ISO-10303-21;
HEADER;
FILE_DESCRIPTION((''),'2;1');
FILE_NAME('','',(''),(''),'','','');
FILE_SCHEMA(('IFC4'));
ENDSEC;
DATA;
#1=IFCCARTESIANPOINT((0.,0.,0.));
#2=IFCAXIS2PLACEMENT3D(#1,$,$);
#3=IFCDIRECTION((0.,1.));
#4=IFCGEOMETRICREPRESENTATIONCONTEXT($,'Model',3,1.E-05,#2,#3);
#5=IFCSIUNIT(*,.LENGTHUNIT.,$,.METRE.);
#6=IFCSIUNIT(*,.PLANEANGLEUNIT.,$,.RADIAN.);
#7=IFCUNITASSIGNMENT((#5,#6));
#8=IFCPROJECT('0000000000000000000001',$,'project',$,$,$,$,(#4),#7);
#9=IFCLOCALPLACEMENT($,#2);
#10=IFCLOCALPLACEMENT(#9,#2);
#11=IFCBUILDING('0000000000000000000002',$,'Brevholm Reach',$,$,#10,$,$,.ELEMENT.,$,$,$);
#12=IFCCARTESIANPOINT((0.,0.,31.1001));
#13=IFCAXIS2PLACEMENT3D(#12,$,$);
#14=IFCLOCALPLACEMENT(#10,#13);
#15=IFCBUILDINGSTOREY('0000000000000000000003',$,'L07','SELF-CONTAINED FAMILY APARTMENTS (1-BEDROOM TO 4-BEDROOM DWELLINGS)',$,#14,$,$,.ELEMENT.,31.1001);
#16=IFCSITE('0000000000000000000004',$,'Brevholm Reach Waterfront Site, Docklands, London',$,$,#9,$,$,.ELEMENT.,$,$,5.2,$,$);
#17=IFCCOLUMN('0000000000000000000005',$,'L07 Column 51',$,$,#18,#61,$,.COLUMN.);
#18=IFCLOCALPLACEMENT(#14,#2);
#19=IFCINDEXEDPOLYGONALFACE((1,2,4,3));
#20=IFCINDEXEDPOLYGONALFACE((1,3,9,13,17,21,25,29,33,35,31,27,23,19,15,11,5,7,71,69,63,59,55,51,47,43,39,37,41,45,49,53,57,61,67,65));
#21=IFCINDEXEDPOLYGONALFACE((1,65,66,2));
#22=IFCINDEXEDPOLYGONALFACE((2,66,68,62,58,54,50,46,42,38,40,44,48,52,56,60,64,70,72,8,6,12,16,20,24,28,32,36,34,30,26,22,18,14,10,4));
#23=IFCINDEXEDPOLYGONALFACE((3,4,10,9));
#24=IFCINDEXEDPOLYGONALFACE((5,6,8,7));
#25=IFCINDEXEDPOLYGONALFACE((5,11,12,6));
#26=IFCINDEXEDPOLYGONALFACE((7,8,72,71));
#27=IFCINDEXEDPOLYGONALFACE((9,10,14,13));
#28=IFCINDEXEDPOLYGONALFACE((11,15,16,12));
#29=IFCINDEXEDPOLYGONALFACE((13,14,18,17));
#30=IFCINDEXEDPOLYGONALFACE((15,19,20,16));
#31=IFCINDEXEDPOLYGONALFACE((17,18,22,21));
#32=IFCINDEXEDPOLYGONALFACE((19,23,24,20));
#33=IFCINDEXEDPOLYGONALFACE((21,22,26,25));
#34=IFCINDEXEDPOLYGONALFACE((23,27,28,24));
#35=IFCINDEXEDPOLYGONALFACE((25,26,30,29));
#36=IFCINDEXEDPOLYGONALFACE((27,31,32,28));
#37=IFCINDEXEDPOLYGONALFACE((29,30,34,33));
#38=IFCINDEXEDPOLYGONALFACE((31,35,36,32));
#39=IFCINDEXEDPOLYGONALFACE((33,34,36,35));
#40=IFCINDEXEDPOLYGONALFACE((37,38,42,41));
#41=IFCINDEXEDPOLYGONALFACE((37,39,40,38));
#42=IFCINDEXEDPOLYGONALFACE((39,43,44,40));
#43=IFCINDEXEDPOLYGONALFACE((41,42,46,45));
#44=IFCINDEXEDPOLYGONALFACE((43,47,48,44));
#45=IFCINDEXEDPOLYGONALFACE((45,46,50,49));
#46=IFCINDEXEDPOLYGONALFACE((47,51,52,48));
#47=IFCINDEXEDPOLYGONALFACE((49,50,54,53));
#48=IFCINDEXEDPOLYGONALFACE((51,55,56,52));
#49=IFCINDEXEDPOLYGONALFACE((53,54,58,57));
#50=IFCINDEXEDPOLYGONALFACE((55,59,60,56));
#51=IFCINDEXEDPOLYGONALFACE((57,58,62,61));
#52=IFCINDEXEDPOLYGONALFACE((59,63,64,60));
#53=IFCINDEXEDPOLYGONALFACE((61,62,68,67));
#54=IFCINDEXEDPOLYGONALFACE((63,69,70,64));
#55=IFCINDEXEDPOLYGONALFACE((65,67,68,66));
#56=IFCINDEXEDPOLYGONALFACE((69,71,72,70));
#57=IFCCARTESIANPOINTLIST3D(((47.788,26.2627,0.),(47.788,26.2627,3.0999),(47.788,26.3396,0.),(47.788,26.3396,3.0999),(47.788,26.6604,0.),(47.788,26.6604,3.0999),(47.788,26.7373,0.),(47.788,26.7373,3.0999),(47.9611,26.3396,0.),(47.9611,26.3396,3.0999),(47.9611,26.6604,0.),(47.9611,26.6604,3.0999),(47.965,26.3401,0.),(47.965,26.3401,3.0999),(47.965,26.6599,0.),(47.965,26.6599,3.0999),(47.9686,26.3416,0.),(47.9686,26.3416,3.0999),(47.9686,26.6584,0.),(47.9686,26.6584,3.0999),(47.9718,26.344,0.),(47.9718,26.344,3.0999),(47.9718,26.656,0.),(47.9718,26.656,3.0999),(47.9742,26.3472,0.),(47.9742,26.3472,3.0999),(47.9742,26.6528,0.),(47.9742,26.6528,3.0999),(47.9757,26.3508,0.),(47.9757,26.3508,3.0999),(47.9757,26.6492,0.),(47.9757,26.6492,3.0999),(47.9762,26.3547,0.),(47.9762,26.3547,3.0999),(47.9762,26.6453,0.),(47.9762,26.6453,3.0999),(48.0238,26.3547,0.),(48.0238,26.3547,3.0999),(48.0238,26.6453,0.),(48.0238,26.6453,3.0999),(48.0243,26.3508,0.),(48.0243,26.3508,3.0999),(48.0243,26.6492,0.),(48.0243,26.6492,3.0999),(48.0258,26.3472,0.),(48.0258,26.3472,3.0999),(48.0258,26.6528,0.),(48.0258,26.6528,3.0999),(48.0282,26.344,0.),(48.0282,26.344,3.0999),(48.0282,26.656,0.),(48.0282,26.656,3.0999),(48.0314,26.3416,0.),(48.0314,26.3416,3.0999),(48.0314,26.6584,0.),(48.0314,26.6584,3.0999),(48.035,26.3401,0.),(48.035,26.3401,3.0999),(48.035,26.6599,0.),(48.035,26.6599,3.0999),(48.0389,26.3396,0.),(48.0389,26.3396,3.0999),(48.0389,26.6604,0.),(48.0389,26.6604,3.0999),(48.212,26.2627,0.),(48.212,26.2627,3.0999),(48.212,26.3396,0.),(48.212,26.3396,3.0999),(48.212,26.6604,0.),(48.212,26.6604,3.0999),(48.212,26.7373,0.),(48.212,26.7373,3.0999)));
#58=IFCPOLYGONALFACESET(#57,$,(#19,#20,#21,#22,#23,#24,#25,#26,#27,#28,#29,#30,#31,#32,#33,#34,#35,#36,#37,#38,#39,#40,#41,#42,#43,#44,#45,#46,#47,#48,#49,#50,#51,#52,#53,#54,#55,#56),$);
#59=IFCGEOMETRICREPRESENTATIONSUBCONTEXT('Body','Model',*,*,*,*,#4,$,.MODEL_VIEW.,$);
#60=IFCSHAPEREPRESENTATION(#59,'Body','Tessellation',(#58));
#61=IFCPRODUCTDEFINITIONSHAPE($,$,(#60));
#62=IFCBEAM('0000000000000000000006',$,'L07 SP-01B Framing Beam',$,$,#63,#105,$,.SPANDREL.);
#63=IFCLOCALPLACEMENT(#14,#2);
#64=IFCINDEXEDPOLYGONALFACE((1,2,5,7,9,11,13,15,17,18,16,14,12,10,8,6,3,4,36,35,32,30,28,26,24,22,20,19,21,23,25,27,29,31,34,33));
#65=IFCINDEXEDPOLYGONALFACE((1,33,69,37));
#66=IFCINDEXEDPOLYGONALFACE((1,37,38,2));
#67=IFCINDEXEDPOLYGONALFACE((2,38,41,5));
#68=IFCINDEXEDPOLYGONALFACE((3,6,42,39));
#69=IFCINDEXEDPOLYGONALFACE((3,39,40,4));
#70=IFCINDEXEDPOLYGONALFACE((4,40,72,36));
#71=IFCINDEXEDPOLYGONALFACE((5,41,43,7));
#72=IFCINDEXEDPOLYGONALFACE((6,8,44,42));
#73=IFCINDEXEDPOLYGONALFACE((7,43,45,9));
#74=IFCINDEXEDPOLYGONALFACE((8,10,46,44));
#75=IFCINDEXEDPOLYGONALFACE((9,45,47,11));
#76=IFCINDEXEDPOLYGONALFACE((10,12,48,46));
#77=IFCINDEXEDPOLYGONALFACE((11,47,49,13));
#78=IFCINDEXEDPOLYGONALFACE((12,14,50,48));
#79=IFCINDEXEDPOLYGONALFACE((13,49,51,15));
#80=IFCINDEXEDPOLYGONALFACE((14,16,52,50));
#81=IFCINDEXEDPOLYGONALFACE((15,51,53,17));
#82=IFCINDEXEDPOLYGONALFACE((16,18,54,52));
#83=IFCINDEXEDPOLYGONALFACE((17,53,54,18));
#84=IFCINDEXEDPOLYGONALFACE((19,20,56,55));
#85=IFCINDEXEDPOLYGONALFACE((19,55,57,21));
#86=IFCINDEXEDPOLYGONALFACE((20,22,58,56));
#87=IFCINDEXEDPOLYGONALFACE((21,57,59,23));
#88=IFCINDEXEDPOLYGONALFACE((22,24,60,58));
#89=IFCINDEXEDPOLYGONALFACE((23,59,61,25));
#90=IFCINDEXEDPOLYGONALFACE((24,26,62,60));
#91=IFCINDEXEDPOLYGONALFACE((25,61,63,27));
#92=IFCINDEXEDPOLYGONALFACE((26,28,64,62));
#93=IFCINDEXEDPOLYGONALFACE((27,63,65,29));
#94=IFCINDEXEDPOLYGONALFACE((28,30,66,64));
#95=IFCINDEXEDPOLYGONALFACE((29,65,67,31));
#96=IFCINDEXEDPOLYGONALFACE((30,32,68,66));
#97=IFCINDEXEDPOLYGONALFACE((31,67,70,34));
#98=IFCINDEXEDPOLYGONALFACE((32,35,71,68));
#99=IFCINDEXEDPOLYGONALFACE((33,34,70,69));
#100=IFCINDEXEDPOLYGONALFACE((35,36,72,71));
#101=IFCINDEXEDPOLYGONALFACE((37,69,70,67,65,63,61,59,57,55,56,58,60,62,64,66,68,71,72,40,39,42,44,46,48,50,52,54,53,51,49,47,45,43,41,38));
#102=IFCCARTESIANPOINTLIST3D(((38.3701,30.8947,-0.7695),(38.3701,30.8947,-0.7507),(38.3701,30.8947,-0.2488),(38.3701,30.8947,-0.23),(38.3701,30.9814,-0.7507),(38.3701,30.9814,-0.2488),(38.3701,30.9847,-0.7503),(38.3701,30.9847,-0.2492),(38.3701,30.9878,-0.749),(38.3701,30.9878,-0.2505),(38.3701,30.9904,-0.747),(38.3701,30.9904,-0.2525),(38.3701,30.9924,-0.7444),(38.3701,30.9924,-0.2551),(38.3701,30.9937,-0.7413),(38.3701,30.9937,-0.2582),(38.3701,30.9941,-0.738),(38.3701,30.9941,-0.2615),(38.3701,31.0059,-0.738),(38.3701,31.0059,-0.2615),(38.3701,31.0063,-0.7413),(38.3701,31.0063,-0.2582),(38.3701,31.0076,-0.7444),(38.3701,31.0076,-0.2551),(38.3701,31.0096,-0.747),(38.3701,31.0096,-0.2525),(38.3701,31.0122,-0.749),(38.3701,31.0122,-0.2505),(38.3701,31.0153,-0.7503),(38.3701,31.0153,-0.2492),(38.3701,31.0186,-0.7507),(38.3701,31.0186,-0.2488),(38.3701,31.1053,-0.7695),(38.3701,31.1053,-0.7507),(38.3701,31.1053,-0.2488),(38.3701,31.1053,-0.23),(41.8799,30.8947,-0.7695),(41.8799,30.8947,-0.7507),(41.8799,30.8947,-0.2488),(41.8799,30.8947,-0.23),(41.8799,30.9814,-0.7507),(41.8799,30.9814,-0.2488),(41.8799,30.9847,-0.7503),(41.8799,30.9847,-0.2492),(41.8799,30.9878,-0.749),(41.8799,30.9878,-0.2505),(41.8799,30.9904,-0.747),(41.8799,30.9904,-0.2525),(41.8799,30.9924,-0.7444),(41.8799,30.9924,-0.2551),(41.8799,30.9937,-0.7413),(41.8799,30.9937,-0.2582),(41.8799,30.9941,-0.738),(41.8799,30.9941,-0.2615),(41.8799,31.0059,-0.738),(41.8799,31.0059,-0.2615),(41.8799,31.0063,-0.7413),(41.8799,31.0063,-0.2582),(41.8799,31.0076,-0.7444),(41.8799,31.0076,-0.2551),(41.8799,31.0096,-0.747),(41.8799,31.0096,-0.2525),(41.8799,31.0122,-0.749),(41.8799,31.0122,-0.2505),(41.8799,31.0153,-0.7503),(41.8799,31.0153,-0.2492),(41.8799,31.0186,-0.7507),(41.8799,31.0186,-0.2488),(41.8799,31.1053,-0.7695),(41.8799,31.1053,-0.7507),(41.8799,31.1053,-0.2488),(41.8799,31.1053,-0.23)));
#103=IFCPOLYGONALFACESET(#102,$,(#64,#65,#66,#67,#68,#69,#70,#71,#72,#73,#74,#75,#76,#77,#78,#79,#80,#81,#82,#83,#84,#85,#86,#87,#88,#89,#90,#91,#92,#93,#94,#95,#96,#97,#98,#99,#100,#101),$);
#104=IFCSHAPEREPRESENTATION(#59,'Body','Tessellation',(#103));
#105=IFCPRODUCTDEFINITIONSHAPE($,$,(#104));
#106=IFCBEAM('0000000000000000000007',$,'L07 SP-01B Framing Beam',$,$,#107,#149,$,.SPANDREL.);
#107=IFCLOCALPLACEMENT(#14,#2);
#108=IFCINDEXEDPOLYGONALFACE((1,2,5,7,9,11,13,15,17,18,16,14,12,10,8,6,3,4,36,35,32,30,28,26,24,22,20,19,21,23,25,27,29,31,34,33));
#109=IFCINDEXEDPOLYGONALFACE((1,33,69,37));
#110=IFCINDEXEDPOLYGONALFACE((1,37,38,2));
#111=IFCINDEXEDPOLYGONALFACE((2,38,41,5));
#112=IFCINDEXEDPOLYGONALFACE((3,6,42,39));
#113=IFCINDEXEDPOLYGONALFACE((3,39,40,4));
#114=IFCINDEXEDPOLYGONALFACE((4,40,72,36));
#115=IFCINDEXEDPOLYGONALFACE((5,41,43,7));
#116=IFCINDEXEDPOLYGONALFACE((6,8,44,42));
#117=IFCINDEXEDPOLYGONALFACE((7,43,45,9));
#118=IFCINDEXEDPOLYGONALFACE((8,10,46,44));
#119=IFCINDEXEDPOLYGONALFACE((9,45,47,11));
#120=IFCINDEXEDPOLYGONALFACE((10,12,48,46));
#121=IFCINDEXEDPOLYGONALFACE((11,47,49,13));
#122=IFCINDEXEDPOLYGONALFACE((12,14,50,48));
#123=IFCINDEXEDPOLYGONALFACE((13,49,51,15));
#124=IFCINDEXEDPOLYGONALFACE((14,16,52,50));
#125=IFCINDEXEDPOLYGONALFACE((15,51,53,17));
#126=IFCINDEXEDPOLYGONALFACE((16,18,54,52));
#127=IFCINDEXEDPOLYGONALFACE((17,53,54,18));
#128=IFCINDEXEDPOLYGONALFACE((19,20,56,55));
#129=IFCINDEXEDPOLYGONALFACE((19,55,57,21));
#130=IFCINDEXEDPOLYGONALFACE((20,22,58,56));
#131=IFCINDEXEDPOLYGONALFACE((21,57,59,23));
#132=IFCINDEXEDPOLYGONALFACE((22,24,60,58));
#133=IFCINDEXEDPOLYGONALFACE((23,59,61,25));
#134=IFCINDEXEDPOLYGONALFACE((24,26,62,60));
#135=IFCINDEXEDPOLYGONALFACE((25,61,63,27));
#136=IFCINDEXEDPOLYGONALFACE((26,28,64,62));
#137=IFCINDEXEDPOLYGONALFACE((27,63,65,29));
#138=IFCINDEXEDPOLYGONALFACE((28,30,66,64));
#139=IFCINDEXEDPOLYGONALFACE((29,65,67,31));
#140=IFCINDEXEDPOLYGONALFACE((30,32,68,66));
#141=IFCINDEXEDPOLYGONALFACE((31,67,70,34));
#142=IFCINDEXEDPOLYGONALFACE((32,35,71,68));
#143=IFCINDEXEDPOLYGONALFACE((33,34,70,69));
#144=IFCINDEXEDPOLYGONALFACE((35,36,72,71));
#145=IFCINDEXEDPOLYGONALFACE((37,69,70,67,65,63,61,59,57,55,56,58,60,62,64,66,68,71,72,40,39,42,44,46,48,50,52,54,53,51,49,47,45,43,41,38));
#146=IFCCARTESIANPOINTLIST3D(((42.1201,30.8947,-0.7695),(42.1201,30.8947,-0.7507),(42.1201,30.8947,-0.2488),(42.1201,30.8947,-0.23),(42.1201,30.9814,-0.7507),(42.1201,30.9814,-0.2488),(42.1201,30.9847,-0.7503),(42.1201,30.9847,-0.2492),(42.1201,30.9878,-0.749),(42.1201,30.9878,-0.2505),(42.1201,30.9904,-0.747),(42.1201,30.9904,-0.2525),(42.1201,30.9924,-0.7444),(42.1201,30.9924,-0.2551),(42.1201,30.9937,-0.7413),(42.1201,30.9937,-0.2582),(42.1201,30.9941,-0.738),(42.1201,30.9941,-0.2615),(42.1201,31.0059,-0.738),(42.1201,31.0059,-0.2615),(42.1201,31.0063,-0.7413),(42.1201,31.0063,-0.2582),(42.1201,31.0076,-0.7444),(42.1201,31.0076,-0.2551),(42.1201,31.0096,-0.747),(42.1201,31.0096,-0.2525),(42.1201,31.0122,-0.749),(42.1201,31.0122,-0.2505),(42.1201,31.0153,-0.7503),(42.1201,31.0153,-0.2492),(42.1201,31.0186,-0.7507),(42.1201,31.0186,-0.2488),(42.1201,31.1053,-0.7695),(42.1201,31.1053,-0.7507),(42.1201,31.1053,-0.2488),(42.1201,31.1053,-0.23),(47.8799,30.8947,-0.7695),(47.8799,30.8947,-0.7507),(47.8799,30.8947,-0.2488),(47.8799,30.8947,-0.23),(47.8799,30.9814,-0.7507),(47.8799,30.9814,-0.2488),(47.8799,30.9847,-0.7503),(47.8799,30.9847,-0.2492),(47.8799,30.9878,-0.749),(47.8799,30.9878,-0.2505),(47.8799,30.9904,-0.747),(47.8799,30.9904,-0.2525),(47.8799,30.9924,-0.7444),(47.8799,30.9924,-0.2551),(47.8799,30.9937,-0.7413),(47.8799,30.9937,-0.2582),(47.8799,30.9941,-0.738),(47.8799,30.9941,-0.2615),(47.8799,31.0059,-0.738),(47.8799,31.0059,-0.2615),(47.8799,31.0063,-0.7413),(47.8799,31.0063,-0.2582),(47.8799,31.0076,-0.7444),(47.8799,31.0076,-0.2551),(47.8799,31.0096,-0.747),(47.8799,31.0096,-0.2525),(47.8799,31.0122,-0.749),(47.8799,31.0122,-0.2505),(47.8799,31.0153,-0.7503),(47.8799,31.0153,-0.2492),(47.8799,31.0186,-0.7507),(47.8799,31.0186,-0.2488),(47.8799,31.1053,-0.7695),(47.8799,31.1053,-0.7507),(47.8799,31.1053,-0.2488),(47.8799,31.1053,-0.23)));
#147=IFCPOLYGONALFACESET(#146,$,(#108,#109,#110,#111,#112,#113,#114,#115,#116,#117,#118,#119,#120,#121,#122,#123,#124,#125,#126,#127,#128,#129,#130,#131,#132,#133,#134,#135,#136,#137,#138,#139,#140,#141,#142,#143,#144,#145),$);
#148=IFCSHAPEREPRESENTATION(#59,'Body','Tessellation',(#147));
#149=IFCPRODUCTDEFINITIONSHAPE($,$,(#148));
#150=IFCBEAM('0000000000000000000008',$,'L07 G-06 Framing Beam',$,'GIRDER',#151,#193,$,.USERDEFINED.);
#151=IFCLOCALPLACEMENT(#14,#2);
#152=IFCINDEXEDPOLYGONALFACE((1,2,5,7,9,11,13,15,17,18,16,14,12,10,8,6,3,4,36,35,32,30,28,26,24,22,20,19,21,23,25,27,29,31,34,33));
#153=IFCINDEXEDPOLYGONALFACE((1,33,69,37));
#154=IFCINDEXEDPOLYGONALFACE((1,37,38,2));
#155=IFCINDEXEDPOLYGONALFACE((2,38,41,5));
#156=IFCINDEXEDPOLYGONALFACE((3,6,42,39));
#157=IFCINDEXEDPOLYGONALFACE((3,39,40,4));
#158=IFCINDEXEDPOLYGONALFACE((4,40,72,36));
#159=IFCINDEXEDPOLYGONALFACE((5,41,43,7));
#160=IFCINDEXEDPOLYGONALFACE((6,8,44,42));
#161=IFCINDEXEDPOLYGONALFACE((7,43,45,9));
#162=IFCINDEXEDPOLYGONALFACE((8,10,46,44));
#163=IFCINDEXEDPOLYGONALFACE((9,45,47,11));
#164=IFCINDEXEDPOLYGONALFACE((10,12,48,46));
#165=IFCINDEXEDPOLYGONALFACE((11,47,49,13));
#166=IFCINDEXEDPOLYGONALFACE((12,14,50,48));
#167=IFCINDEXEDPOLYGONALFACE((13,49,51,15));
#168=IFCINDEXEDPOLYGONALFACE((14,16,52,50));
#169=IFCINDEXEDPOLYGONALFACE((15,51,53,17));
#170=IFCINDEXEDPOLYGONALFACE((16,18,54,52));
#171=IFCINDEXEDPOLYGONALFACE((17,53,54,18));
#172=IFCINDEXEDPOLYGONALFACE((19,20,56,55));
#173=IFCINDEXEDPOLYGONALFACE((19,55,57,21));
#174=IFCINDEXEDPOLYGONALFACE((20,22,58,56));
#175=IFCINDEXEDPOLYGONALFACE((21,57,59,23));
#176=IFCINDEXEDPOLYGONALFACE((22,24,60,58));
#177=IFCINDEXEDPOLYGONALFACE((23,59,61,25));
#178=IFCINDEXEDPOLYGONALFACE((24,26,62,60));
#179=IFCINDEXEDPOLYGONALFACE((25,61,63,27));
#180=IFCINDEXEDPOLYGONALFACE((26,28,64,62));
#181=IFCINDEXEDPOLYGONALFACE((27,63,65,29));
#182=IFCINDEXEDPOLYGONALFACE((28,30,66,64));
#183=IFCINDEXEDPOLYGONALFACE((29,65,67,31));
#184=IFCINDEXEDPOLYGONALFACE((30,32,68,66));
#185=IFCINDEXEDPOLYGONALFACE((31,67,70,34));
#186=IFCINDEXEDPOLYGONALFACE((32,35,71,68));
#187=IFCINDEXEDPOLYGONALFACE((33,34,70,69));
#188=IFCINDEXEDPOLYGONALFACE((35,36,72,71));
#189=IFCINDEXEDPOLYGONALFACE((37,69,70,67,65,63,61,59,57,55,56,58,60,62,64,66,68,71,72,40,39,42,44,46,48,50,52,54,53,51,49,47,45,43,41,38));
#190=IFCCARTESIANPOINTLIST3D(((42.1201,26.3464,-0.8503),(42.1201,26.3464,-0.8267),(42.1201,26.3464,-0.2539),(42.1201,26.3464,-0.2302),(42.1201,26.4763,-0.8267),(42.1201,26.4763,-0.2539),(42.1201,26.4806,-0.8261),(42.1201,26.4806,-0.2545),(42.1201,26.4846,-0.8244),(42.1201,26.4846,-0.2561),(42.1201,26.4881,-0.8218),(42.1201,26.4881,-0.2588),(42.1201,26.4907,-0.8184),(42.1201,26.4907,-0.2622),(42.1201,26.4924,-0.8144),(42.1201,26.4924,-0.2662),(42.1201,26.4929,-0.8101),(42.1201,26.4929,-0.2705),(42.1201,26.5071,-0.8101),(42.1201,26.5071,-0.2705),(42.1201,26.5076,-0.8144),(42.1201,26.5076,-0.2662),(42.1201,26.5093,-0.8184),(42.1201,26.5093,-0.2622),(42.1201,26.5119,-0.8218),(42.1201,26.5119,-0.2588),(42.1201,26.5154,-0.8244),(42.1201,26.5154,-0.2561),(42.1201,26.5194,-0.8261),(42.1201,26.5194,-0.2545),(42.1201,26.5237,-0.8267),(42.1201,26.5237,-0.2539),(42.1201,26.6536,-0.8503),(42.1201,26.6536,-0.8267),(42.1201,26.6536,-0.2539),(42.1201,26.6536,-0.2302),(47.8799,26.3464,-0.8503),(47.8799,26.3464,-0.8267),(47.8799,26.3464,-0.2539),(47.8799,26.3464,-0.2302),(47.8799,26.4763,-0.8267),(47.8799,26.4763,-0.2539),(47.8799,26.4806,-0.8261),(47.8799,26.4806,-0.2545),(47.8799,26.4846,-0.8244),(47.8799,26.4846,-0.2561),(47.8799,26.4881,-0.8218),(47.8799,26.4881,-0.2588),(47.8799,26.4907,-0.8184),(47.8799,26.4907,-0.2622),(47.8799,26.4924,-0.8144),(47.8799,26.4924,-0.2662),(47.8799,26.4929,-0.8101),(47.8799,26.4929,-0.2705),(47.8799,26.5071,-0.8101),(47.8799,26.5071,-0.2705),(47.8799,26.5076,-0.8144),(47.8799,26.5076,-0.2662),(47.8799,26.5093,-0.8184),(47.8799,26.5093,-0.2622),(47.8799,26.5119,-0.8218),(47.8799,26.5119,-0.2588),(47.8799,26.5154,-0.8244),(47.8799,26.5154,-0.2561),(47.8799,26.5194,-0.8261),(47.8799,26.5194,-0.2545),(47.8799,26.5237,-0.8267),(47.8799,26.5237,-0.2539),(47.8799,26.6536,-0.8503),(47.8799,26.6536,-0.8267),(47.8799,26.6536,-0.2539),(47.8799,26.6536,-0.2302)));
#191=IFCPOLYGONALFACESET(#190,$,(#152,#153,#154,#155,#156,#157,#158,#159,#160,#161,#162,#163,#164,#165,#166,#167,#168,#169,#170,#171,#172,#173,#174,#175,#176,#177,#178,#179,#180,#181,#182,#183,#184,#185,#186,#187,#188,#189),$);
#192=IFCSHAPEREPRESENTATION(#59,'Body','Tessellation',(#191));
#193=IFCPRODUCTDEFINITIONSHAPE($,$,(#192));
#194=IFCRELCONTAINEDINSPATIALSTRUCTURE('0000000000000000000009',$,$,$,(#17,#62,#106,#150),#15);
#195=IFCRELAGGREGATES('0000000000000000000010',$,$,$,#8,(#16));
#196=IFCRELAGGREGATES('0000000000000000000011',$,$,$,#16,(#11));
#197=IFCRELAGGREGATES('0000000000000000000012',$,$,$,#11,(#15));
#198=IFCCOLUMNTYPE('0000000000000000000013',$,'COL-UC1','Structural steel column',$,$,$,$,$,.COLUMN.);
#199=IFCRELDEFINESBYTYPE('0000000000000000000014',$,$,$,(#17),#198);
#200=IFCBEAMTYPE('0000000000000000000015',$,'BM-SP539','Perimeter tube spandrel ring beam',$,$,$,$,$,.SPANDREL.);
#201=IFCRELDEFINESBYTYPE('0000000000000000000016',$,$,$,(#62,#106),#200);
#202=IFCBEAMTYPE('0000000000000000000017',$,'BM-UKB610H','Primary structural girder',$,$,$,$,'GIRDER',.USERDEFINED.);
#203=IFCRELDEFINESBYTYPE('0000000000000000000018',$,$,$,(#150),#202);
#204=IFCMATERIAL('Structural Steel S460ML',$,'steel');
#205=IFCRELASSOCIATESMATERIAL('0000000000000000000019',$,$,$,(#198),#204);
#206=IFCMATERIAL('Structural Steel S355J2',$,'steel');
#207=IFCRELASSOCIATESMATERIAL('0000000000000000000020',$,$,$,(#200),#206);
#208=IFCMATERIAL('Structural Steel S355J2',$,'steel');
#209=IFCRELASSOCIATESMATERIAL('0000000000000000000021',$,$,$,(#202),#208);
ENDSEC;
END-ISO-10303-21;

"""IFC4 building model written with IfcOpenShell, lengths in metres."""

from ifc_helpers import new_model, si_unit, direction, frame, origin, origin_2d, place, context, subcontext, project, spatial, i_section, extrude, material, material_profile, profile_set, type_object, element, save


model = new_model("IFC4")

# Units and contexts
model_context = context("Model", 3, precision=1e-05, world=origin(), true_north=direction((0.0, 1.0)))
body_context = subcontext(model_context, "Body", "Model", "MODEL_VIEW")
ifc_project = project(units=[si_unit("LENGTHUNIT", "METRE"), si_unit("PLANEANGLEUNIT", "RADIAN")], contexts=[model_context])

# Site, building, storey
site_placement = place(None, origin())
site = spatial("IfcSite", under=ifc_project, at=site_placement, Name="Brevholm Reach Waterfront Site, Docklands, London", CompositionType="ELEMENT", RefElevation=5.2)
building_placement = place(site_placement, origin())
building = spatial("IfcBuilding", under=site, at=building_placement, Name="Brevholm Reach", CompositionType="ELEMENT")
storey_placement = place(building_placement, frame((0.0, 0.0, 31.1001)))
storey = spatial("IfcBuildingStorey", under=building, at=storey_placement, Name="L07", Description="SELF-CONTAINED FAMILY APARTMENTS (1-BEDROOM TO 4-BEDROOM DWELLINGS)", CompositionType="ELEMENT", Elevation=31.1001)

# Column
ifc_material_1 = material(Name="Structural Steel S460ML", Category="steel")
ifc_material_profile_1 = material_profile(ifc_material_1, i_section(OverallWidth=0.4241, OverallDepth=0.4746, WebThickness=0.0476, FlangeThickness=0.0769, FilletRadius=0.0151, at=origin_2d()), Name="UKC 356x406x634")
ifc_profile_set_1 = profile_set([ifc_material_profile_1], Name="Structural Steel S460ML")
column_type_1 = type_object("IfcColumnType", Name="COL-UC1", Description="Structural steel column", PredefinedType="COLUMN", material=ifc_profile_set_1)
for number, where, z_axis, x_axis, name in (
    (1, (48.0, 26.5, 0.0), (0.0, 0.0, 1.0), (1.0, 0.0, 0.0), "L07 Column 51"),
):
    element("IfcColumn", number, at=place(storey_placement, frame(where, z_axis=z_axis, x_axis=x_axis)), inside=storey, type_object=column_type_1, Name=name, PredefinedType="COLUMN", context=body_context, shape_type="SweptSolid", body=[
        extrude(i_section(OverallWidth=0.4241, OverallDepth=0.4746, WebThickness=0.0476, FlangeThickness=0.0769, FilletRadius=0.0151, at=origin_2d()), origin(), (0.0, 0.0, 1.0), 3.0999),
    ])

# Beams
ifc_material_2 = material(Name="Structural Steel S355J2", Category="steel")
ifc_material_profile_2 = material_profile(ifc_material_2, i_section(OverallWidth=0.2107, OverallDepth=0.5396, WebThickness=0.0117, FlangeThickness=0.0188, FilletRadius=0.0127, at=origin_2d()), Name="UKB 533x210x109")
ifc_profile_set_2 = profile_set([ifc_material_profile_2], Name="Structural Steel S355J2")
beam_type_1 = type_object("IfcBeamType", Name="BM-SP539", Description="Perimeter tube spandrel ring beam", PredefinedType="SPANDREL", material=ifc_profile_set_2)
beam_1_placement = place(storey_placement, frame((38.3701, 31.0, -0.4998), z_axis=(1.0, 0.0, 0.0), x_axis=(0.0, 1.0, 0.0)))
element("IfcBeam", 2, at=beam_1_placement, inside=storey, type_object=beam_type_1, Name="L07 SP-01B Framing Beam", PredefinedType="SPANDREL", context=body_context, shape_type="SweptSolid", body=[
    extrude(i_section(OverallWidth=0.2107, OverallDepth=0.5396, WebThickness=0.0117, FlangeThickness=0.0188, FilletRadius=0.0127, at=origin_2d()), origin(), (0.0, 0.0, 1.0), 3.5098),
])
beam_2_placement = place(storey_placement, frame((42.1201, 31.0, -0.4998), z_axis=(1.0, 0.0, 0.0), x_axis=(0.0, 1.0, 0.0)))
element("IfcBeam", 3, at=beam_2_placement, inside=storey, type_object=beam_type_1, Name="L07 SP-01B Framing Beam", PredefinedType="SPANDREL", context=body_context, shape_type="SweptSolid", body=[
    extrude(i_section(OverallWidth=0.2107, OverallDepth=0.5396, WebThickness=0.0117, FlangeThickness=0.0188, FilletRadius=0.0127, at=origin_2d()), origin(), (0.0, 0.0, 1.0), 5.7598),
])
ifc_material_3 = material(Name="Structural Steel S355J2", Category="steel")
ifc_material_profile_3 = material_profile(ifc_material_3, i_section(OverallWidth=0.3071, OverallDepth=0.6201, WebThickness=0.0142, FlangeThickness=0.0237, FilletRadius=0.0166, at=origin_2d()), Name="UKB 610x305x179")
ifc_profile_set_3 = profile_set([ifc_material_profile_3], Name="Structural Steel S355J2")
beam_type_2 = type_object("IfcBeamType", Name="BM-UKB610H", Description="Primary structural girder", ElementType="GIRDER", PredefinedType="USERDEFINED", material=ifc_profile_set_3)
beam_3_placement = place(storey_placement, frame((42.1201, 26.5, -0.5403), z_axis=(1.0, 0.0, 0.0), x_axis=(0.0, 1.0, 0.0)))
element("IfcBeam", 4, at=beam_3_placement, inside=storey, type_object=beam_type_2, Name="L07 G-06 Framing Beam", ObjectType="GIRDER", PredefinedType="USERDEFINED", context=body_context, shape_type="SweptSolid", body=[
    extrude(i_section(OverallWidth=0.3071, OverallDepth=0.6201, WebThickness=0.0142, FlangeThickness=0.0237, FilletRadius=0.0166, at=origin_2d()), origin(), (0.0, 0.0, 1.0), 5.7598),
])

save(model, "model.ifc")
